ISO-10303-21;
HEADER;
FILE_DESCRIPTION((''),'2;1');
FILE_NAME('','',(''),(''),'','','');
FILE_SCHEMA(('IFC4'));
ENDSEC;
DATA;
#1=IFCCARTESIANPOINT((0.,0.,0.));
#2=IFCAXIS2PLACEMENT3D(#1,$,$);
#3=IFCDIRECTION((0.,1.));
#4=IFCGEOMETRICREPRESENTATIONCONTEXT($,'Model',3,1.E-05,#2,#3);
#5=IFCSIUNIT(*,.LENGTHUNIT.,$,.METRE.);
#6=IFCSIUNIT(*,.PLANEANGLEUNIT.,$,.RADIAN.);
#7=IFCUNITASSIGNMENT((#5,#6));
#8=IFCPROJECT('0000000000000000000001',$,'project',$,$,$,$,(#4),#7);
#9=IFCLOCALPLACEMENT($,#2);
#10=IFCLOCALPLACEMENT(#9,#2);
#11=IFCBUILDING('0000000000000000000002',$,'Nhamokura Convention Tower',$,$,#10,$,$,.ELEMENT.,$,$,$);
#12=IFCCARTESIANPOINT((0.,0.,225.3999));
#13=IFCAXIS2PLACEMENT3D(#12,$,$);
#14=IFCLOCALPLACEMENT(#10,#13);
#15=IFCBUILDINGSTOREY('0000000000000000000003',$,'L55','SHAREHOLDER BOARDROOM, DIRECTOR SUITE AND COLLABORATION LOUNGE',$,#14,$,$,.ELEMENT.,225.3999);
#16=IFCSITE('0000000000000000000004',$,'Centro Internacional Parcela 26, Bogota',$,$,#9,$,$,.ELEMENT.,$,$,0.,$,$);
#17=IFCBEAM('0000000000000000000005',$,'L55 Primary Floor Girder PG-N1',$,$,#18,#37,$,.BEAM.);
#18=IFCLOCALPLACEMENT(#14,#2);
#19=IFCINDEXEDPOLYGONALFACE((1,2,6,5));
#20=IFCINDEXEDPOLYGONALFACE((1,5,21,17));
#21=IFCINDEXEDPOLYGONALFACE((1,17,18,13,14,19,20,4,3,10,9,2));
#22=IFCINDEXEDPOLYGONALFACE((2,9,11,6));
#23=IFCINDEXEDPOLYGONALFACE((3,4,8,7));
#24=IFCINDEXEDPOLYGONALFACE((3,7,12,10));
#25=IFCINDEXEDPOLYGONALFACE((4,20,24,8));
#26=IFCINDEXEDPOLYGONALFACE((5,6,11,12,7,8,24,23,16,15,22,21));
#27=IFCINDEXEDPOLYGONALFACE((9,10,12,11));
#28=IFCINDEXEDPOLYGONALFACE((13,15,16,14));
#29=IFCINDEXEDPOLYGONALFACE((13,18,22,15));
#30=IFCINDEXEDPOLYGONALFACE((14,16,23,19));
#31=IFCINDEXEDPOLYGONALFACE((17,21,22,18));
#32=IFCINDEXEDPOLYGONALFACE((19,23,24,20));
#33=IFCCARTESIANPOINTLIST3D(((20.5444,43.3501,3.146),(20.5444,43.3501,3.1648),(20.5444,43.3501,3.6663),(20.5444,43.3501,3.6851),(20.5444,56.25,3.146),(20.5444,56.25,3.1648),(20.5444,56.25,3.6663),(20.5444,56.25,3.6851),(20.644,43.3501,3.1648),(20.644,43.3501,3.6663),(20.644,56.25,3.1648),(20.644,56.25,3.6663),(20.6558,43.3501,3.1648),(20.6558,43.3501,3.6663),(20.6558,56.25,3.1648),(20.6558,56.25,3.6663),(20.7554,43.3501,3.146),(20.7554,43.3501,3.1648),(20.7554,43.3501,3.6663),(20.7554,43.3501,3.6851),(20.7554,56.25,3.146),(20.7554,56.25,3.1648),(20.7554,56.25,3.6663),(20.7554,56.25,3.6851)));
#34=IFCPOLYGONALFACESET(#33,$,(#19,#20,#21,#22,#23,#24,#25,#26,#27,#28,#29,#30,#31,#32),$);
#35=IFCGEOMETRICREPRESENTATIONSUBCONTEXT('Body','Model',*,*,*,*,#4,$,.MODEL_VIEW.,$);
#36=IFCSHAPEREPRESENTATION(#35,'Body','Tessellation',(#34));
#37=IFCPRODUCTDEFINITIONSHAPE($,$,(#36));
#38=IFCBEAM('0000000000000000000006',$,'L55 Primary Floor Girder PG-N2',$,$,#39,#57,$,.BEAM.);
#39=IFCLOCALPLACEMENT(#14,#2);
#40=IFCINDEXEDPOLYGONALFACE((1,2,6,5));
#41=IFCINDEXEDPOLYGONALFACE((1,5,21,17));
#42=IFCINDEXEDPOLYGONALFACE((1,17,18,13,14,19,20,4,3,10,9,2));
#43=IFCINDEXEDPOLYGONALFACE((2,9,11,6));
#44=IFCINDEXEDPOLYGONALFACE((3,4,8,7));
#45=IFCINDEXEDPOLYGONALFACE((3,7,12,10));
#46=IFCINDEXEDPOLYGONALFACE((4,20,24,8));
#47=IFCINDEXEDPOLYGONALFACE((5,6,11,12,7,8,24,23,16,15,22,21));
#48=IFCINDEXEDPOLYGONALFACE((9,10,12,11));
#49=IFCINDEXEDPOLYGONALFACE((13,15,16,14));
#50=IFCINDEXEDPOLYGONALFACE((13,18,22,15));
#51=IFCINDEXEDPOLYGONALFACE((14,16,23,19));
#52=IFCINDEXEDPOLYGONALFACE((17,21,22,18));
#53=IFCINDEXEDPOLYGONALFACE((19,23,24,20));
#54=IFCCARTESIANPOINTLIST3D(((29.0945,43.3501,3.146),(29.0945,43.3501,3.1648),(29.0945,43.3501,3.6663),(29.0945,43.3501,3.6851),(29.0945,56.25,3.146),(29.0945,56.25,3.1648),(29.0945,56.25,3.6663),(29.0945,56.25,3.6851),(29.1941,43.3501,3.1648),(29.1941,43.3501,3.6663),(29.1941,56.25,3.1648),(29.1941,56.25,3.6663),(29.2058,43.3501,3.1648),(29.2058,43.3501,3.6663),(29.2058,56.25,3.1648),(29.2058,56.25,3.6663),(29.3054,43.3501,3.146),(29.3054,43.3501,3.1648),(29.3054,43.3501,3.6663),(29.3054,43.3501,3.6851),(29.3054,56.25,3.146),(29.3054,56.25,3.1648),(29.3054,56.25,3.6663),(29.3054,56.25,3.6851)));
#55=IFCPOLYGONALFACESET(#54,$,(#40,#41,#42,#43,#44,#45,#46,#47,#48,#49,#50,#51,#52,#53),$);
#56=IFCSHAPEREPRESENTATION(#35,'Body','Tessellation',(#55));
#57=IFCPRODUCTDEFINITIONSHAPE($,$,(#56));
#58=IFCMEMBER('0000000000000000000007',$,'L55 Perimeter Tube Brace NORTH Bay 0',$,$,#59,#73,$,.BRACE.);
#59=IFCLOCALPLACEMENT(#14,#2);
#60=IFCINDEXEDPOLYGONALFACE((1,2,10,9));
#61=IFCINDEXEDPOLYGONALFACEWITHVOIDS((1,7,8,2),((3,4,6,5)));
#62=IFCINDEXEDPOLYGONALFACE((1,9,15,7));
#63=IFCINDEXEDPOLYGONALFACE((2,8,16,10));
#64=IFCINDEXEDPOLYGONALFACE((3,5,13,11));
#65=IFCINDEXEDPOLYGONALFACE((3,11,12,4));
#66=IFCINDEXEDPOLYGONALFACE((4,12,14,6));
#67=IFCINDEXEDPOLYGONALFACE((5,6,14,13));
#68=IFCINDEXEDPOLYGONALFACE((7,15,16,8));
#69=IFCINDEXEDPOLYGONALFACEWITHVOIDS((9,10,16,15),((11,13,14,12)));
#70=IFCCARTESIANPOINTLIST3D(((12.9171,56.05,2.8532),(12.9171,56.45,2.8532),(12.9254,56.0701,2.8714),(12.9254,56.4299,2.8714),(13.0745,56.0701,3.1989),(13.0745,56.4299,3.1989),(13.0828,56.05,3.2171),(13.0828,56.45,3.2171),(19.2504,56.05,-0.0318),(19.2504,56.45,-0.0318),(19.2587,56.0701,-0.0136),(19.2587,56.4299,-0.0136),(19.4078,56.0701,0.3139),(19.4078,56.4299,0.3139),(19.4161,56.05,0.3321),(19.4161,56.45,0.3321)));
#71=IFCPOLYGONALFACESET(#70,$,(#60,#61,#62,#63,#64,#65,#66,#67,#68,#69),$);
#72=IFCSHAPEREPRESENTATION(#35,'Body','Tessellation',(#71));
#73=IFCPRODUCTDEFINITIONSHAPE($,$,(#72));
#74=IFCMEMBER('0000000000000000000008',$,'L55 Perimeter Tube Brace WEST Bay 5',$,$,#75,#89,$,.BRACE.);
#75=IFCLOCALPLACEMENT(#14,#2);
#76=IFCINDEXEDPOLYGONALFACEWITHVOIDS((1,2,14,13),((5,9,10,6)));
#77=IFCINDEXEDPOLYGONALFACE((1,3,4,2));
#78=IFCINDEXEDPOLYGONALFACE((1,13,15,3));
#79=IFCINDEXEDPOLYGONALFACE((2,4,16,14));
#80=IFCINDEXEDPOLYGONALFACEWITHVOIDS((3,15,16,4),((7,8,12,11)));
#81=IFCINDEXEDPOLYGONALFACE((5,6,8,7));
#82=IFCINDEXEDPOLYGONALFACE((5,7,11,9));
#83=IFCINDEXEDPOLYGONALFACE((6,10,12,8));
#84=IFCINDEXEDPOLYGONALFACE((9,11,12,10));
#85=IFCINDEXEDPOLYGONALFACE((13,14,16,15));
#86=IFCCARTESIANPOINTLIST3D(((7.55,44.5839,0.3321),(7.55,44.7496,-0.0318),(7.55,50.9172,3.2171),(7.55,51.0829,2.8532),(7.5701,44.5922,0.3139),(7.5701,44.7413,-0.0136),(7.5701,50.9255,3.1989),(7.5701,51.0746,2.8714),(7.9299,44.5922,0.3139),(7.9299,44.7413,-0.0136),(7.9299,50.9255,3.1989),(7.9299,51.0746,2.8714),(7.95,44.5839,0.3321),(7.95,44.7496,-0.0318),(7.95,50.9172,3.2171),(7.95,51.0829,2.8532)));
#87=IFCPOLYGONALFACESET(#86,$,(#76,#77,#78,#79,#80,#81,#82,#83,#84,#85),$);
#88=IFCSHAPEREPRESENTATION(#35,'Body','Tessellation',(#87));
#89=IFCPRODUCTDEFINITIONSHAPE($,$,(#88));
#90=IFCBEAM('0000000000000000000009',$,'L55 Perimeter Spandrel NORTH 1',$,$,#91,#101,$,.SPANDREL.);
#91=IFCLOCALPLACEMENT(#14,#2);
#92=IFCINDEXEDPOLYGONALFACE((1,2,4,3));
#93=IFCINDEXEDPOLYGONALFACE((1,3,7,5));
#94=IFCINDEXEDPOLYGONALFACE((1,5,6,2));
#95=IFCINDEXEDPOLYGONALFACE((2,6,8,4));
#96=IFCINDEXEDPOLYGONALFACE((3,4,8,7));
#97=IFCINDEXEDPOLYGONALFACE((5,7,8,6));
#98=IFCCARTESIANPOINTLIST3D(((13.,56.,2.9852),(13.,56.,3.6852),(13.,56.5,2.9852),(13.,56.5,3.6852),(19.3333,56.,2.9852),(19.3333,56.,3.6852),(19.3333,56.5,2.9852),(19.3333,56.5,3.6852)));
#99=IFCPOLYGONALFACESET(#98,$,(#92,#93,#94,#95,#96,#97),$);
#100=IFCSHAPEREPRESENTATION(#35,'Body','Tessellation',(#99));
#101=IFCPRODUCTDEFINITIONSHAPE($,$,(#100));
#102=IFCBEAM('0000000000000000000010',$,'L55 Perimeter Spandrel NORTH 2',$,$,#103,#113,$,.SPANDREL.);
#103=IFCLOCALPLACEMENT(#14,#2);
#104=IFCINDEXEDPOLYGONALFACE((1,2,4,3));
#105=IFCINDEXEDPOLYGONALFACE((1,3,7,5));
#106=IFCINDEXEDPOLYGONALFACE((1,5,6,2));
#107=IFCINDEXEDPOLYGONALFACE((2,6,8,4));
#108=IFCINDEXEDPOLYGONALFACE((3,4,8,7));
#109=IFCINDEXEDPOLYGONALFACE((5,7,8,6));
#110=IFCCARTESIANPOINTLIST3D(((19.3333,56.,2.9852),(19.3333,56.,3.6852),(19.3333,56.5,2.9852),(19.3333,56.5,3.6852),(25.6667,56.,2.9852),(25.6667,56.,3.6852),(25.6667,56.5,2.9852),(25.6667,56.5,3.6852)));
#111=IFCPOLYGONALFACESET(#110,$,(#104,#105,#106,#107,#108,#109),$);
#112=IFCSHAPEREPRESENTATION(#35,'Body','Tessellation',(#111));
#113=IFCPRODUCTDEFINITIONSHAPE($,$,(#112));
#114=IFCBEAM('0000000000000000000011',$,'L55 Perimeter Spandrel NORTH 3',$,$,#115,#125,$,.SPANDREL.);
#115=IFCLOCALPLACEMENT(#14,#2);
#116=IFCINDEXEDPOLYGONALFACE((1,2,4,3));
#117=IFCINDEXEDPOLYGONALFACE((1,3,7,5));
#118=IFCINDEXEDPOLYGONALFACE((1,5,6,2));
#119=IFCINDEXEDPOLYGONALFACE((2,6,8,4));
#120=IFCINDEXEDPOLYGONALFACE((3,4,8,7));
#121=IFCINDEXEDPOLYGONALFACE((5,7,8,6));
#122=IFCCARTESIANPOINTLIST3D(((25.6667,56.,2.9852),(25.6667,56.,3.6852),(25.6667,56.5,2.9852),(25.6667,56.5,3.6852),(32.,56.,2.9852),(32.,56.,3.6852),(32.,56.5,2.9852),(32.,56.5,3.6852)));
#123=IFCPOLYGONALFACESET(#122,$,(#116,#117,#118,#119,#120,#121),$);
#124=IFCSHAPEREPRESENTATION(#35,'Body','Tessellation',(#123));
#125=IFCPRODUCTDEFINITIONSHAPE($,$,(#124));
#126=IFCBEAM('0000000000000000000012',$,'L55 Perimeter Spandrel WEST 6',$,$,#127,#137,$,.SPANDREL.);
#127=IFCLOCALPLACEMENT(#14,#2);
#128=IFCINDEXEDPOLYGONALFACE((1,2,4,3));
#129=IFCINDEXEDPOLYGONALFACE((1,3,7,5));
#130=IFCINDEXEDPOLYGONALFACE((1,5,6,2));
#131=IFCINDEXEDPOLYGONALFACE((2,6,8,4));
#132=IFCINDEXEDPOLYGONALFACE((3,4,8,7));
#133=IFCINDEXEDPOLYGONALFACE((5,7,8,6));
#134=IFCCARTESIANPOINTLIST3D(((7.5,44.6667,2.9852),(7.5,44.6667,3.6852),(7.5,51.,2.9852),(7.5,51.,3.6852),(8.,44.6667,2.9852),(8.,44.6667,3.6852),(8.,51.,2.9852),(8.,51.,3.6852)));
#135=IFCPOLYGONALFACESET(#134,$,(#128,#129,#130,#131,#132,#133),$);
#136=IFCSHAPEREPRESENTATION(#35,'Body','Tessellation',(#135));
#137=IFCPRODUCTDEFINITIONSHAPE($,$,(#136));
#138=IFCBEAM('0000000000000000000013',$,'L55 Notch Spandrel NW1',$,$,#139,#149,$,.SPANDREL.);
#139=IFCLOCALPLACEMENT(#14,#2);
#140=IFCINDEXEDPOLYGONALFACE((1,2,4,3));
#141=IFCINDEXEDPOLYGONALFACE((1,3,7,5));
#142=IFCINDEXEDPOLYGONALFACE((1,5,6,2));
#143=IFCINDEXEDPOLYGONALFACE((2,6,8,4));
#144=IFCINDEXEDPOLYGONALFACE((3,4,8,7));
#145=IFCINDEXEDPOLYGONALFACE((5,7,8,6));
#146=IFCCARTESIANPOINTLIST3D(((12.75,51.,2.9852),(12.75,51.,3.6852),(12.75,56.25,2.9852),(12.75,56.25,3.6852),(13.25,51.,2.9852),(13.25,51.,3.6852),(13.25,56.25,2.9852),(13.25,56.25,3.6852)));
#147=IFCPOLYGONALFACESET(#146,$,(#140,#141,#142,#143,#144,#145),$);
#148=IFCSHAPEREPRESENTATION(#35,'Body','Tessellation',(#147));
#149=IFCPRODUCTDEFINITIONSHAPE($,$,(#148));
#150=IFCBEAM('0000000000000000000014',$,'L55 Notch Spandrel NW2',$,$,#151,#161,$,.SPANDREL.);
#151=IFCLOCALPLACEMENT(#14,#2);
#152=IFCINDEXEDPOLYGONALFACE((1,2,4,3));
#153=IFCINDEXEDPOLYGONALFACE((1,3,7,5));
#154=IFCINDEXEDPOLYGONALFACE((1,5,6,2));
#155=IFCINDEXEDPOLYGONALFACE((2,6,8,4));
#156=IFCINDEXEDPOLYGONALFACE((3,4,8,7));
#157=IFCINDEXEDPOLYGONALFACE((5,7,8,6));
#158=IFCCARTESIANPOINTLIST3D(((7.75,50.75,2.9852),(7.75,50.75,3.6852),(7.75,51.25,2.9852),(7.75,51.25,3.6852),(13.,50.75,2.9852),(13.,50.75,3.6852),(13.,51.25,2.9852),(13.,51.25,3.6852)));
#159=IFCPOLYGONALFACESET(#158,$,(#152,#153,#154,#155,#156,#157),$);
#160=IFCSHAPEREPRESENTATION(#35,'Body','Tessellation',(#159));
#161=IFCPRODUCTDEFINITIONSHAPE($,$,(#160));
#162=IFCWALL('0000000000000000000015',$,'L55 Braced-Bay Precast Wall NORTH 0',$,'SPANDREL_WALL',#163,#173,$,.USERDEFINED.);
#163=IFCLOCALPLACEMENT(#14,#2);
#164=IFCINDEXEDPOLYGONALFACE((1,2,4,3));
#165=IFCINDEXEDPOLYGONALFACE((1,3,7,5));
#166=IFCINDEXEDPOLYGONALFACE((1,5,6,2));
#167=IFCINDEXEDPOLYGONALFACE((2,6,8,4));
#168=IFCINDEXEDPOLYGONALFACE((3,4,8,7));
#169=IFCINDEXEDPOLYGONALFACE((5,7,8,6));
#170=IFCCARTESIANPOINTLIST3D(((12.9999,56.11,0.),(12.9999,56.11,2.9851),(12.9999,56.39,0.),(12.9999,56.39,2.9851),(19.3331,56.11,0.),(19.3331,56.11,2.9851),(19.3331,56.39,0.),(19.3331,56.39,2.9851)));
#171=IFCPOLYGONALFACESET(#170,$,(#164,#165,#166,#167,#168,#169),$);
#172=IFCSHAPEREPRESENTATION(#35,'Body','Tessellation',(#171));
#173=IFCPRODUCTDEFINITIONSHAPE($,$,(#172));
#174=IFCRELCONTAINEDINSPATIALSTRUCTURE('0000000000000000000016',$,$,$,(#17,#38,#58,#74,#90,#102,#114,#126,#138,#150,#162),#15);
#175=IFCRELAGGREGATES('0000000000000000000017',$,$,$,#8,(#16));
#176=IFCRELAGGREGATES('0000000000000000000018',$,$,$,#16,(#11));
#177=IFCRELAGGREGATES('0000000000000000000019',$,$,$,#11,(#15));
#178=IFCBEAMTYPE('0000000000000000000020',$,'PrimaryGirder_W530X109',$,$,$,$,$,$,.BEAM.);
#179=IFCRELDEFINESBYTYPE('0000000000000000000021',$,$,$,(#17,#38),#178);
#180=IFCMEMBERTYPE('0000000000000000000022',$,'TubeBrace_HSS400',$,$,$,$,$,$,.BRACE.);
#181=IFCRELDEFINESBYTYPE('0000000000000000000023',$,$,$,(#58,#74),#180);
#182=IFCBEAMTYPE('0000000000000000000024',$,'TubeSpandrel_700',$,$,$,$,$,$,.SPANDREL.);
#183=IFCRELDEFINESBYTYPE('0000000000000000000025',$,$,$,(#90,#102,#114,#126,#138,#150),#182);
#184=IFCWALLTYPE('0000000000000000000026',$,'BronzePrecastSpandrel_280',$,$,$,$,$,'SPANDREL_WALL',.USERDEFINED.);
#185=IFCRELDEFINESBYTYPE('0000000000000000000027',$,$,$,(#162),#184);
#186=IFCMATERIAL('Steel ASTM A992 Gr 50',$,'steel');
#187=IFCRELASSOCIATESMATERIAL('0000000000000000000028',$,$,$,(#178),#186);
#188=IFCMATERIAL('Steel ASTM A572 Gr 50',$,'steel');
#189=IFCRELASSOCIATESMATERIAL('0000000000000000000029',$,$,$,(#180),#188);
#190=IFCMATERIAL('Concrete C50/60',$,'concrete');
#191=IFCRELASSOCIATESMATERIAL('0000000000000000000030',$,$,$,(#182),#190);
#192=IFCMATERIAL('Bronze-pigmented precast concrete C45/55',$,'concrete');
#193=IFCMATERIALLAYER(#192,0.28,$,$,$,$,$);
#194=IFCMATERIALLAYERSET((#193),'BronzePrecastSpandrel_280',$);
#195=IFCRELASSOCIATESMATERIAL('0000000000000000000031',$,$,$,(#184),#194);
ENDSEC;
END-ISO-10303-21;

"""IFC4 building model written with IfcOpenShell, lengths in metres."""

from ifc_helpers import new_model, si_unit, direction, frame, frame_2d, origin, origin_2d, place, context, subcontext, project, spatial, rectangle, hollow_rectangle, i_section, extrude, material, layer, layer_set, material_profile, profile_set, type_object, element, save


model = new_model("IFC4")

# Units and contexts
model_context = context("Model", 3, precision=1e-05, world=origin(), true_north=direction((0.0, 1.0)))
body_context = subcontext(model_context, "Body", "Model", "MODEL_VIEW")
ifc_project = project(units=[si_unit("LENGTHUNIT", "METRE"), si_unit("PLANEANGLEUNIT", "RADIAN")], contexts=[model_context])

# Site, building, storey
site_placement = place(None, origin())
site = spatial("IfcSite", under=ifc_project, at=site_placement, Name="Centro Internacional Parcela 26, Bogota", CompositionType="ELEMENT", RefElevation=0.0)
building_placement = place(site_placement, origin())
building = spatial("IfcBuilding", under=site, at=building_placement, Name="Nhamokura Convention Tower", CompositionType="ELEMENT")
storey_placement = place(building_placement, frame((0.0, 0.0, 225.3999)))
storey = spatial("IfcBuildingStorey", under=building, at=storey_placement, Name="L55", Description="SHAREHOLDER BOARDROOM, DIRECTOR SUITE AND COLLABORATION LOUNGE", CompositionType="ELEMENT", Elevation=225.3999)

# Beams
ifc_material_1 = material(Name="Steel ASTM A992 Gr 50", Category="steel")
ifc_material_profile_1 = material_profile(ifc_material_1, i_section(OverallWidth=0.2109, OverallDepth=0.5391, WebThickness=0.0117, FlangeThickness=0.0188, at=origin_2d()))
ifc_profile_set_1 = profile_set([ifc_material_profile_1], Name="Steel ASTM A992 Gr 50")
beam_type_1 = type_object("IfcBeamType", Name="PrimaryGirder_W530X109", PredefinedType="BEAM", material=ifc_profile_set_1)
for number, where, z_axis, x_axis, name in (
    (1, (20.6499, 43.3501, 3.4155), (0.0, 1.0, 0.0), (-1.0, 0.0, 0.0), "L55 Primary Floor Girder PG-N1"),
    (2, (29.2, 43.3501, 3.4155), (0.0, 1.0, 0.0), (-1.0, 0.0, 0.0), "L55 Primary Floor Girder PG-N2"),
):
    element("IfcBeam", number, at=place(storey_placement, frame(where, z_axis=z_axis, x_axis=x_axis)), inside=storey, type_object=beam_type_1, Name=name, PredefinedType="BEAM", context=body_context, shape_type="SweptSolid", body=[
        extrude(i_section(OverallWidth=0.2109, OverallDepth=0.5391, WebThickness=0.0117, FlangeThickness=0.0188, at=origin_2d()), origin(), (0.0, 0.0, 1.0), 12.8999),
    ])

# Members
ifc_material_2 = material(Name="Steel ASTM A572 Gr 50", Category="steel")
ifc_material_profile_2 = material_profile(ifc_material_2, hollow_rectangle(XDim=0.3999, YDim=0.3999, WallThickness=0.02, at=origin_2d()))
ifc_profile_set_2 = profile_set([ifc_material_profile_2], Name="Steel ASTM A572 Gr 50")
member_type_1 = type_object("IfcMemberType", Name="TubeBrace_HSS400", PredefinedType="BRACE", material=ifc_profile_set_2)
for number, where, z_axis, x_axis, name in (
    (3, (19.3333, 56.25, 0.1501), (-0.910027, 0.0, 0.414548), (0.0, -1.0, 0.0), "L55 Perimeter Tube Brace NORTH Bay 0"),
    (4, (7.75, 44.6667, 0.1501), (0.0, 0.910027, 0.414548), (-1.0, 0.0, 0.0), "L55 Perimeter Tube Brace WEST Bay 5"),
):
    element("IfcMember", number, at=place(storey_placement, frame(where, z_axis=z_axis, x_axis=x_axis)), inside=storey, type_object=member_type_1, Name=name, PredefinedType="BRACE", context=body_context, shape_type="SweptSolid", body=[
        extrude(hollow_rectangle(XDim=0.3999, YDim=0.3999, WallThickness=0.02, at=origin_2d()), origin(), (0.0, 0.0, 1.0), 6.9595),
    ])

# Beams
ifc_material_3 = material(Name="Concrete C50/60", Category="concrete")
ifc_material_profile_3 = material_profile(ifc_material_3, rectangle(XDim=0.5, YDim=0.7, at=origin_2d()))
ifc_profile_set_3 = profile_set([ifc_material_profile_3], Name="Concrete C50/60")
beam_type_2 = type_object("IfcBeamType", Name="TubeSpandrel_700", PredefinedType="SPANDREL", material=ifc_profile_set_3)
beam_1_placement = place(storey_placement, frame((13.0, 56.25, 3.3352), z_axis=(1.0, 0.0, 0.0), x_axis=(0.0, 1.0, 0.0)))
element("IfcBeam", 5, at=beam_1_placement, inside=storey, type_object=beam_type_2, Name="L55 Perimeter Spandrel NORTH 1", PredefinedType="SPANDREL", context=body_context, shape_type="SweptSolid", body=[
    extrude(rectangle(XDim=0.5, YDim=0.7, at=origin_2d()), origin(), (0.0, 0.0, 1.0), 6.3333),
])
beam_2_placement = place(storey_placement, frame((19.3333, 56.25, 3.3352), z_axis=(1.0, 0.0, 0.0), x_axis=(0.0, 1.0, 0.0)))
element("IfcBeam", 6, at=beam_2_placement, inside=storey, type_object=beam_type_2, Name="L55 Perimeter Spandrel NORTH 2", PredefinedType="SPANDREL", context=body_context, shape_type="SweptSolid", body=[
    extrude(rectangle(XDim=0.5, YDim=0.7, at=origin_2d()), origin(), (0.0, 0.0, 1.0), 6.3335),
])
for number, where, z_axis, x_axis, name in (
    (7, (25.6667, 56.25, 3.3352), (1.0, 0.0, 0.0), (0.0, 1.0, 0.0), "L55 Perimeter Spandrel NORTH 3"),
    (8, (7.75, 44.6667, 3.3352), (0.0, 1.0, 0.0), (-1.0, 0.0, 0.0), "L55 Perimeter Spandrel WEST 6"),
):
    element("IfcBeam", number, at=place(storey_placement, frame(where, z_axis=z_axis, x_axis=x_axis)), inside=storey, type_object=beam_type_2, Name=name, PredefinedType="SPANDREL", context=body_context, shape_type="SweptSolid", body=[
        extrude(rectangle(XDim=0.5, YDim=0.7, at=origin_2d()), origin(), (0.0, 0.0, 1.0), 6.3333),
    ])
for number, where, z_axis, x_axis, name in (
    (9, (13.0, 56.25, 3.3352), (0.0, -1.0, 0.0), (1.0, 0.0, 0.0), "L55 Notch Spandrel NW1"),
    (10, (13.0, 51.0, 3.3352), (-1.0, 0.0, 0.0), (0.0, -1.0, 0.0), "L55 Notch Spandrel NW2"),
):
    element("IfcBeam", number, at=place(storey_placement, frame(where, z_axis=z_axis, x_axis=x_axis)), inside=storey, type_object=beam_type_2, Name=name, PredefinedType="SPANDREL", context=body_context, shape_type="SweptSolid", body=[
        extrude(rectangle(XDim=0.5, YDim=0.7, at=origin_2d()), origin(), (0.0, 0.0, 1.0), 5.25),
    ])

# Wall
ifc_material_4 = material(Name="Bronze-pigmented precast concrete C45/55", Category="concrete")
ifc_layer_1 = layer(ifc_material_4, 0.28)
ifc_layer_set_1 = layer_set([ifc_layer_1], Name="BronzePrecastSpandrel_280")
wall_type_1 = type_object("IfcWallType", Name="BronzePrecastSpandrel_280", ElementType="SPANDREL_WALL", PredefinedType="USERDEFINED", material=ifc_layer_set_1)
wall_1_placement = place(storey_placement, frame((13.0, 56.25, 0.0), z_axis=(0.0, 0.0, 1.0), x_axis=(1.0, 0.0, 0.0)))
element("IfcWall", 11, at=wall_1_placement, inside=storey, type_object=wall_type_1, Name="L55 Braced-Bay Precast Wall NORTH 0", ObjectType="SPANDREL_WALL", PredefinedType="USERDEFINED", context=body_context, shape_type="SweptSolid", body=[
    extrude(rectangle(XDim=6.3333, YDim=0.28, at=frame_2d((3.1665, 0.0))), origin(), (0.0, 0.0, 1.0), 2.9851),
])

save(model, "model.ifc")
